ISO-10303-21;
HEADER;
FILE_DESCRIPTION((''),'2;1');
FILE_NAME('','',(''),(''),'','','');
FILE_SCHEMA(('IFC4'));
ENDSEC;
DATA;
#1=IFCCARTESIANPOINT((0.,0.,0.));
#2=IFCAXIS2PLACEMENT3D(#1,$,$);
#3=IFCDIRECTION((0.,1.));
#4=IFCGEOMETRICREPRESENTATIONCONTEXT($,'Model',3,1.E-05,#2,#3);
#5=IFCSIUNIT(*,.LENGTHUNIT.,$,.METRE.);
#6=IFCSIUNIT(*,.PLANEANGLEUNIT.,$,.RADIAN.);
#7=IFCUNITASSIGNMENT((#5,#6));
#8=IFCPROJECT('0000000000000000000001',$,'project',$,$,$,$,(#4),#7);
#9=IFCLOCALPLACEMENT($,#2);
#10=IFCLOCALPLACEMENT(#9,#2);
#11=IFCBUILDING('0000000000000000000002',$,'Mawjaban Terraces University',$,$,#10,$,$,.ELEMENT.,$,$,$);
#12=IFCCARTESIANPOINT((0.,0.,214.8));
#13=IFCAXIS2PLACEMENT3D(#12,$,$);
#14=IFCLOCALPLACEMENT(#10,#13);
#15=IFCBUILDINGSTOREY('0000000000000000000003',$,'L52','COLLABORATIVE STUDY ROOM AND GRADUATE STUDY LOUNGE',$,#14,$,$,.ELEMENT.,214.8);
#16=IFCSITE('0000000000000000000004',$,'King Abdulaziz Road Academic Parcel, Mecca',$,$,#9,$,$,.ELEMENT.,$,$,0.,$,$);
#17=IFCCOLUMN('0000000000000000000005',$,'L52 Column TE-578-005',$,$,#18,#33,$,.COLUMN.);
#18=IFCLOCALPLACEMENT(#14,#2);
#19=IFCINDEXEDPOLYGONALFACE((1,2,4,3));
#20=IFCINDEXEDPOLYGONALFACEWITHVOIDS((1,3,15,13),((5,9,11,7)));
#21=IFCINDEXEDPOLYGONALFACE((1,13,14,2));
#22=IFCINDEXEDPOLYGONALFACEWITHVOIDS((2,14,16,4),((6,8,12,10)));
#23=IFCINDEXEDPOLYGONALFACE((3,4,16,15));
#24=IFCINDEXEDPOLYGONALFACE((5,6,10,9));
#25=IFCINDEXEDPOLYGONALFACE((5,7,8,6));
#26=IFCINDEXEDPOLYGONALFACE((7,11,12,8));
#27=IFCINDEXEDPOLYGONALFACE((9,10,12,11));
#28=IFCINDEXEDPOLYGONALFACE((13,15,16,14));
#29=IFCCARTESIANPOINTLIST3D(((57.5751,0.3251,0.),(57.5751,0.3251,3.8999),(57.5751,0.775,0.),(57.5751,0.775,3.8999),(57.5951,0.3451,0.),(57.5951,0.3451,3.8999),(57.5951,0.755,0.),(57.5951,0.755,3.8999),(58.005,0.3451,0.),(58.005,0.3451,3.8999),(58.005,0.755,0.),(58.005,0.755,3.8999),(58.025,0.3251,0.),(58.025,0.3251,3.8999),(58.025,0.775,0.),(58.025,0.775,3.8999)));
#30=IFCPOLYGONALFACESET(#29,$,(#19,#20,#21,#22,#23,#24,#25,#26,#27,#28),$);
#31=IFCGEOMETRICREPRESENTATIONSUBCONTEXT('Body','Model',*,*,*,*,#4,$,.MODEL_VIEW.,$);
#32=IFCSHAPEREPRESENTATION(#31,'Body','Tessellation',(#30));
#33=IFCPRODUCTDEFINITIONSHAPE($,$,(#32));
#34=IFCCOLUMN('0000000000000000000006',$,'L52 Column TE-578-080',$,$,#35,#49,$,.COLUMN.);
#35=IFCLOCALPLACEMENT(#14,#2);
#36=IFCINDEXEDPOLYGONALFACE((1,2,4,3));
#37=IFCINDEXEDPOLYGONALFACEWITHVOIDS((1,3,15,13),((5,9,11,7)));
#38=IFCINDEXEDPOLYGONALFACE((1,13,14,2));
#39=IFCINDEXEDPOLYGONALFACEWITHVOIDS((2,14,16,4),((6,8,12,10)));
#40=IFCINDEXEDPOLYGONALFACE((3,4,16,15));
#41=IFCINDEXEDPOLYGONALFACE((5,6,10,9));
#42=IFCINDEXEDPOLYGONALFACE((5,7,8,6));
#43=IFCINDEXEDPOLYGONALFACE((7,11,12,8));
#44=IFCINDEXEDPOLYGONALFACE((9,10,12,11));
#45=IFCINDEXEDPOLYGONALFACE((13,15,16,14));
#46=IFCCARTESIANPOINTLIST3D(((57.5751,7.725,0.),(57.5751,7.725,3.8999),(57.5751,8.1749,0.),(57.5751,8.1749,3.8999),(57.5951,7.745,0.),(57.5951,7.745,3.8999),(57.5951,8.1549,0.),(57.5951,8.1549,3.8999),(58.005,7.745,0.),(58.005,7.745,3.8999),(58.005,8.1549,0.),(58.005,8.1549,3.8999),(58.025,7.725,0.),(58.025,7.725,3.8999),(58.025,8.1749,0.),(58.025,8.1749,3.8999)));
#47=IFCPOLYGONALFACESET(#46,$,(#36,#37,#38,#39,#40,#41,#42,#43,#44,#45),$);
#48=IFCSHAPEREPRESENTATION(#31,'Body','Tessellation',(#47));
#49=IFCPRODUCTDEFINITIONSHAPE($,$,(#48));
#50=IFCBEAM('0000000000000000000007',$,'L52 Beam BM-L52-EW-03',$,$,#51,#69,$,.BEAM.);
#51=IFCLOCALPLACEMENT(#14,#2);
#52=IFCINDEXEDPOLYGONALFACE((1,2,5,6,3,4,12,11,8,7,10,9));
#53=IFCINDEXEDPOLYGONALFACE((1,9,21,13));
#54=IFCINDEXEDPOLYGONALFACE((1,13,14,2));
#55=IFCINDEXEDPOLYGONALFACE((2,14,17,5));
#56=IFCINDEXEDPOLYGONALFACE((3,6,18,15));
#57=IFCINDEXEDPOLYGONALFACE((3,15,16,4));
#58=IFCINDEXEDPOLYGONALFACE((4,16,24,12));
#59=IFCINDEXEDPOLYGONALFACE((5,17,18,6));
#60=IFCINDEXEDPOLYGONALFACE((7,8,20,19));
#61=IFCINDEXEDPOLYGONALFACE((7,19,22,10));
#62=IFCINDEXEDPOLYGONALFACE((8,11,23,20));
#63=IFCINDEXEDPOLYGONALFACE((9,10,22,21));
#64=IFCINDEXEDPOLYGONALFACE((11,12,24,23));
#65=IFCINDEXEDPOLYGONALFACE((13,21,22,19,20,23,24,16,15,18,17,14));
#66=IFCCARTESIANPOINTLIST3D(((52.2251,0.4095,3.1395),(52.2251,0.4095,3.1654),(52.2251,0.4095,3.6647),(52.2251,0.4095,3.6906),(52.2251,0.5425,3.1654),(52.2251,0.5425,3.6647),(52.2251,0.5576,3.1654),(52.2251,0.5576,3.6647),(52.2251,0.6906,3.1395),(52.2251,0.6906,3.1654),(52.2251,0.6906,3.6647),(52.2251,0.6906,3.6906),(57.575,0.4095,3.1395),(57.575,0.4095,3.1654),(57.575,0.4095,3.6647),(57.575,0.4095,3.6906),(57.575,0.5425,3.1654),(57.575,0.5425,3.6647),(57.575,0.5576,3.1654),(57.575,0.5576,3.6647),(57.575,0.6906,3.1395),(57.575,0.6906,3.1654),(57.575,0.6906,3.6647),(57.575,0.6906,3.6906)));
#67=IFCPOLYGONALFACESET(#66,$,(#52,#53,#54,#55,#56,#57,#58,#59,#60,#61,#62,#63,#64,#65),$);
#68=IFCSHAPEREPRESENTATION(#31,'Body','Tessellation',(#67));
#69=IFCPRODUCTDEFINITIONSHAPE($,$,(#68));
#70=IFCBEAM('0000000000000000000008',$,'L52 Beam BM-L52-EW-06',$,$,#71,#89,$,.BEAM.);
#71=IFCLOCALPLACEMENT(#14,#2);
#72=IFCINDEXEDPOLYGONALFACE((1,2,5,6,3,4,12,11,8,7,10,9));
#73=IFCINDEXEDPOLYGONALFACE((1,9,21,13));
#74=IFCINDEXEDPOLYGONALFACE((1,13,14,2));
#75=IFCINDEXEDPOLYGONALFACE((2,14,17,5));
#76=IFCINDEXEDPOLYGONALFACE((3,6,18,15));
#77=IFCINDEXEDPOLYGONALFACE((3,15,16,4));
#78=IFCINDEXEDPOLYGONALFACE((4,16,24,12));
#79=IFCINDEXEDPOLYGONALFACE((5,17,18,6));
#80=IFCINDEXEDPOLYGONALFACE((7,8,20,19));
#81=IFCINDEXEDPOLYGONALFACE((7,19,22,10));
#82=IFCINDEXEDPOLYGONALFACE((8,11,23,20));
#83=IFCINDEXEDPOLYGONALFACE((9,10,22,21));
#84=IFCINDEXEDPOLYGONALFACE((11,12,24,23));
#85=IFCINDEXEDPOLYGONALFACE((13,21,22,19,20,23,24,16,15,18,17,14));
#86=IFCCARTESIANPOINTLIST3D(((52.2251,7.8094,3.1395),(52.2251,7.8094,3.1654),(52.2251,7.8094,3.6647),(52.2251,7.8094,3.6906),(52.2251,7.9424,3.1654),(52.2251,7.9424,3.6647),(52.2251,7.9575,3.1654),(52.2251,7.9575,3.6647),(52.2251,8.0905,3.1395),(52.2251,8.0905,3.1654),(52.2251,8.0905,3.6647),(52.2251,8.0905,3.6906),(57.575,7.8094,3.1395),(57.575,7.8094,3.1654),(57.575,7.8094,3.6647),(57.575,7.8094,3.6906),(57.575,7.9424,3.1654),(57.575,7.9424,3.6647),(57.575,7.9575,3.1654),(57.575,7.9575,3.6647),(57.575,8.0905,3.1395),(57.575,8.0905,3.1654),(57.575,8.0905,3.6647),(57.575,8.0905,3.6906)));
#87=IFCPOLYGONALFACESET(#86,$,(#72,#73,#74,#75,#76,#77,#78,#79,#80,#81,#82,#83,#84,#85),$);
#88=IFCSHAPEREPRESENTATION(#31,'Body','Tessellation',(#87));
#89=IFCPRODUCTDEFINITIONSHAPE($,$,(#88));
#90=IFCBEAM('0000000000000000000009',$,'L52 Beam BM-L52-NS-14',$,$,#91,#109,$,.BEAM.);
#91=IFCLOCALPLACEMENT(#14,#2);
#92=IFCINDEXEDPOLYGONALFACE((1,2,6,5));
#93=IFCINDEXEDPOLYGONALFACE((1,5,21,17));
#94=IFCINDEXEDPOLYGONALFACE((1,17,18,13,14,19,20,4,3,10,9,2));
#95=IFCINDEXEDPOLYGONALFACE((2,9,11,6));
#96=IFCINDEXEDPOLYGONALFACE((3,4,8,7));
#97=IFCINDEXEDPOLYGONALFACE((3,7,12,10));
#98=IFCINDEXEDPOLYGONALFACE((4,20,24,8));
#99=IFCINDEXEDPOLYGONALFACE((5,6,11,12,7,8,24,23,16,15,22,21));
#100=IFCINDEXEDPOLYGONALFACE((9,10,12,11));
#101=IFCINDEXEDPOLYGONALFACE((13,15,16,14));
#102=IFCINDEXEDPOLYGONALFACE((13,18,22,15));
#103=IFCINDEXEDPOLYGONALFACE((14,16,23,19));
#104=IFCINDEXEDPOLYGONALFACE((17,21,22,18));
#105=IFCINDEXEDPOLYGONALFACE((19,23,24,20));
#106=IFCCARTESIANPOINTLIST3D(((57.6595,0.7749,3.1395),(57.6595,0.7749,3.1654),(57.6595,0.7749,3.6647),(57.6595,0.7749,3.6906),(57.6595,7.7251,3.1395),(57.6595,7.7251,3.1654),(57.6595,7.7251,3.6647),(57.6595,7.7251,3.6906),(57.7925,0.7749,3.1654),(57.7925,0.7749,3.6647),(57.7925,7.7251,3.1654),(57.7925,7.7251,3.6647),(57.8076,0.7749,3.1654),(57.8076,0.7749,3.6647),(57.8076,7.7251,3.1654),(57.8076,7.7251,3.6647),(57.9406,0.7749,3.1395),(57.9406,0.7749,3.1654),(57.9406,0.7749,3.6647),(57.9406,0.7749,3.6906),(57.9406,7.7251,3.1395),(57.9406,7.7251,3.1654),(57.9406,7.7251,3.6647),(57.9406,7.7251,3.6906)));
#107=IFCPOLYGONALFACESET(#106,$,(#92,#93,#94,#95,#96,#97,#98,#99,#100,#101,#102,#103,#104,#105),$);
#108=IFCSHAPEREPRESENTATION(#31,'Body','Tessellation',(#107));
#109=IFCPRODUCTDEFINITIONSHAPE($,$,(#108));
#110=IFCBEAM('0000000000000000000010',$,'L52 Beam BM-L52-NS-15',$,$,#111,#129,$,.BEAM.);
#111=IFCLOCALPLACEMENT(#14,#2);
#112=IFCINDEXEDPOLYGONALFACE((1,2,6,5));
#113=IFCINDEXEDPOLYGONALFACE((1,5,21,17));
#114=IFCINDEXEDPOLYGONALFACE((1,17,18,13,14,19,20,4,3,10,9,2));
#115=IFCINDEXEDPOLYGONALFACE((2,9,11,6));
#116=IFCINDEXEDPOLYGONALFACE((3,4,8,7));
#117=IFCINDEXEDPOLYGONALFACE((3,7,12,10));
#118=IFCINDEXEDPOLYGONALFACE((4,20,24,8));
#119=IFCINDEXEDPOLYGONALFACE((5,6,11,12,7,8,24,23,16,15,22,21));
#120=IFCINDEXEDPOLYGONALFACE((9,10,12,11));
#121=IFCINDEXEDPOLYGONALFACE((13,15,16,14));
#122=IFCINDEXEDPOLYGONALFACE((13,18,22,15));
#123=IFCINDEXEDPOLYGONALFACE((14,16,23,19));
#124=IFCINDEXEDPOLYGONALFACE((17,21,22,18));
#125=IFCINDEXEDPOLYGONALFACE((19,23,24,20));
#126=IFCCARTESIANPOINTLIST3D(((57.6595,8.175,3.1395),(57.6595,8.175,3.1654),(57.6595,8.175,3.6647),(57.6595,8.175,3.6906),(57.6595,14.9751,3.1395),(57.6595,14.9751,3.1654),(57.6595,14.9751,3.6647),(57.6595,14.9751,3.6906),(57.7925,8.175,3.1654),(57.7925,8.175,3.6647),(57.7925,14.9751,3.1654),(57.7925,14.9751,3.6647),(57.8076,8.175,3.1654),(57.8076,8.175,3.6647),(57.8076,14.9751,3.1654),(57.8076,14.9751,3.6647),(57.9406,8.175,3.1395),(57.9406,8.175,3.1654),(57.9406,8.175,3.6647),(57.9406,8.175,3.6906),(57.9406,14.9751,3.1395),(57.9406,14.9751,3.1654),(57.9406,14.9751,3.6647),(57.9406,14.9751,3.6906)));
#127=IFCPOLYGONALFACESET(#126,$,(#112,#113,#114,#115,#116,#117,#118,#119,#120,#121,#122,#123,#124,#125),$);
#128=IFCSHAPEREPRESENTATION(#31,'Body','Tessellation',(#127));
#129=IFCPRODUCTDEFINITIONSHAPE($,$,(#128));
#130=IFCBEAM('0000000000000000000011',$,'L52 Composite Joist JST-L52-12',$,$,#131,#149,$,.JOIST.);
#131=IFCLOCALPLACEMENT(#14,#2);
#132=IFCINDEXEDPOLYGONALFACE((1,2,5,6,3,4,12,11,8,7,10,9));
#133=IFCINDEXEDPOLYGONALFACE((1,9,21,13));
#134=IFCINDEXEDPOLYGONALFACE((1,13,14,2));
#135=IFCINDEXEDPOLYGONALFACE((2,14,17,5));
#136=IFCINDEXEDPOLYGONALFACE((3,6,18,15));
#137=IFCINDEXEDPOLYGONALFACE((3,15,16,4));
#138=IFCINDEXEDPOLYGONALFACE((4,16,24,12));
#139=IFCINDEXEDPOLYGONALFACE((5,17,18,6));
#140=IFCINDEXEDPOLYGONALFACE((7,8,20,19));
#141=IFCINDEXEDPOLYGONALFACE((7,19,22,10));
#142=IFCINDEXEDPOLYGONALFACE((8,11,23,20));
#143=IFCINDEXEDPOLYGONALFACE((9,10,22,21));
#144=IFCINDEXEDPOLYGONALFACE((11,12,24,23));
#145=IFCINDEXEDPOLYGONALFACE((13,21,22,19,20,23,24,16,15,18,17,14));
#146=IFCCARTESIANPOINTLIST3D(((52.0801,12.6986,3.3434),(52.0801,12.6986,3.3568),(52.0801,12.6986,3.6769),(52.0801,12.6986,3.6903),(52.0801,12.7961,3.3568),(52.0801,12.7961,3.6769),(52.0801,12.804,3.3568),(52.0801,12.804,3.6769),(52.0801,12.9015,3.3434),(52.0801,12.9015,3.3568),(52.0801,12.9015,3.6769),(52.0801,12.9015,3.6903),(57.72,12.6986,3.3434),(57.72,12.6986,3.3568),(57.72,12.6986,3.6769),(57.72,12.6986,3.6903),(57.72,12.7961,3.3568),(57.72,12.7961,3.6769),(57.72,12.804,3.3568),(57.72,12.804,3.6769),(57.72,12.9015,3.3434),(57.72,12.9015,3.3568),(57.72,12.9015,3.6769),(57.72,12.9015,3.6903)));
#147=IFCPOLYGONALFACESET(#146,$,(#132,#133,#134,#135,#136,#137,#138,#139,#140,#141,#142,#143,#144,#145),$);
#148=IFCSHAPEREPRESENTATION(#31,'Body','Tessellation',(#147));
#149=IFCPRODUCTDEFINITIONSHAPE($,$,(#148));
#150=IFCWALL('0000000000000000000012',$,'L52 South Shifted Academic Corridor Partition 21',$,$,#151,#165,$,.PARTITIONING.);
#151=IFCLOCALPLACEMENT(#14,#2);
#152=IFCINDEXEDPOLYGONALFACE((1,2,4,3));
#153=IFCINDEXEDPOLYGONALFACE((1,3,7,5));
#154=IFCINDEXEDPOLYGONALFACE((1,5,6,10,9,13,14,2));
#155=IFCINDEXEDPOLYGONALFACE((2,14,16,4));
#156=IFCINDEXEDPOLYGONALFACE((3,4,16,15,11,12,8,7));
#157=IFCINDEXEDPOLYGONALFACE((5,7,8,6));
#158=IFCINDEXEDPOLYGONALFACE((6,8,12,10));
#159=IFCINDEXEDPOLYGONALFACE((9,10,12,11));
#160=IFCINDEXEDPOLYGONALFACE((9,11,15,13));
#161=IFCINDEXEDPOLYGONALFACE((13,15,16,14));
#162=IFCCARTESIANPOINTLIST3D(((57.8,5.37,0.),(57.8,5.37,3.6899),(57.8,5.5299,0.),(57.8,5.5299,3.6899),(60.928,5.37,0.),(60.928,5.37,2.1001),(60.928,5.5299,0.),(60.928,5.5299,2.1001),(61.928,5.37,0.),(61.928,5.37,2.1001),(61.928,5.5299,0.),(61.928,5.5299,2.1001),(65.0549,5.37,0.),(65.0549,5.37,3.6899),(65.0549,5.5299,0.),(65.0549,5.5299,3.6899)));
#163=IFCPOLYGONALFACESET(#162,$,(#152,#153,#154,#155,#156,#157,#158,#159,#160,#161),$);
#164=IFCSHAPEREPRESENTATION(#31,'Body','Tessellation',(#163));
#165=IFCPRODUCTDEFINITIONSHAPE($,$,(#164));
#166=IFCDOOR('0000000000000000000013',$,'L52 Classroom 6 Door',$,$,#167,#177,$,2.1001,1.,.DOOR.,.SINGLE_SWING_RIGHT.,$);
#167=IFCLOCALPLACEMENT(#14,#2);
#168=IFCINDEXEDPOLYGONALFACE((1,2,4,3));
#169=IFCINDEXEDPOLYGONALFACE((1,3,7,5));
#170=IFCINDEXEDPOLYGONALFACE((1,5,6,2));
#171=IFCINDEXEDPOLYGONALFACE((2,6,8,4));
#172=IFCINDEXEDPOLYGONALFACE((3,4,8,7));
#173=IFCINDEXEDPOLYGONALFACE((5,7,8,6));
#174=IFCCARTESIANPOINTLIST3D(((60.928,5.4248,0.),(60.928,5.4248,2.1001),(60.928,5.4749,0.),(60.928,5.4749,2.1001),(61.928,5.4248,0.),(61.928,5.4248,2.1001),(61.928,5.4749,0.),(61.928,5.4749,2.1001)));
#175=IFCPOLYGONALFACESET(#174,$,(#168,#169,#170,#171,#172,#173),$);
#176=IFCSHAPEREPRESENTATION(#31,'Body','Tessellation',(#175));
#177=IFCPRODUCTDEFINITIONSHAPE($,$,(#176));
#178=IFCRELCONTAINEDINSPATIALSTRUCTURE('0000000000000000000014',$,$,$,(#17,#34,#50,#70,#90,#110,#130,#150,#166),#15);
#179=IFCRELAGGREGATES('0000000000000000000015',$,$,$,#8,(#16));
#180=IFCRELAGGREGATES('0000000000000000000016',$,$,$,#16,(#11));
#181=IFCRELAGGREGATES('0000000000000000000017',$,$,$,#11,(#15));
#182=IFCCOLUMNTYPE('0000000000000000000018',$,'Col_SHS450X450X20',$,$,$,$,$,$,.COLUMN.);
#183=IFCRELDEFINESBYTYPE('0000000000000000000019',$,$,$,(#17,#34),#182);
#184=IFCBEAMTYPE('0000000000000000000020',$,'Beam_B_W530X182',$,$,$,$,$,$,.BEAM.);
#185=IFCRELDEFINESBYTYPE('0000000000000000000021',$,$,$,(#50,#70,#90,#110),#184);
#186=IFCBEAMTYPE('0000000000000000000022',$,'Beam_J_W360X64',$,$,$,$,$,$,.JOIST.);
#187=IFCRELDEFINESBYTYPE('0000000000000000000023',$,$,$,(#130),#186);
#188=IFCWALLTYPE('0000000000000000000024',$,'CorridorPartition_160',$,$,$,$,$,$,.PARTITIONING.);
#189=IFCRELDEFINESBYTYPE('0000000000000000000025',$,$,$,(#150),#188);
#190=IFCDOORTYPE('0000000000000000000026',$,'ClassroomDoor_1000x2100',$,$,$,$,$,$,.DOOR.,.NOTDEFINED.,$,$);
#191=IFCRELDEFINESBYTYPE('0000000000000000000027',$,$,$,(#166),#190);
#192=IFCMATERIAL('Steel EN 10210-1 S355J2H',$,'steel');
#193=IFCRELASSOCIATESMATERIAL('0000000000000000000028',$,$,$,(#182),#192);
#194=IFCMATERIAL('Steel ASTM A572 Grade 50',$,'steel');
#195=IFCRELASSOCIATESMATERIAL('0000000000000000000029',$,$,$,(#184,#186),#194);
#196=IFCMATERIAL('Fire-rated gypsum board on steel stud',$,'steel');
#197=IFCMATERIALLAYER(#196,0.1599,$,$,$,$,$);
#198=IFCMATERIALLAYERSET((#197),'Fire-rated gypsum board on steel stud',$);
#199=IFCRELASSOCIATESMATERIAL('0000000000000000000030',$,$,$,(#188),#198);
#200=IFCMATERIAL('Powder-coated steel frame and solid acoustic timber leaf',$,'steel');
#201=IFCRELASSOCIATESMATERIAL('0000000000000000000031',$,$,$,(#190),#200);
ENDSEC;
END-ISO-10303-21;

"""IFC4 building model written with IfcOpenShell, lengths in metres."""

from ifc_helpers import new_model, si_unit, direction, frame, frame_2d, origin, origin_2d, place, context, subcontext, project, spatial, rectangle, hollow_rectangle, i_section, extrude, material, layer, layer_set, material_profile, profile_set, type_object, element, fill, save


model = new_model("IFC4")

# Units and contexts
model_context = context("Model", 3, precision=1e-05, world=origin(), true_north=direction((0.0, 1.0)))
body_context = subcontext(model_context, "Body", "Model", "MODEL_VIEW")
ifc_project = project(units=[si_unit("LENGTHUNIT", "METRE"), si_unit("PLANEANGLEUNIT", "RADIAN")], contexts=[model_context])

# Site, building, storey
site_placement = place(None, origin())
site = spatial("IfcSite", under=ifc_project, at=site_placement, Name="King Abdulaziz Road Academic Parcel, Mecca", CompositionType="ELEMENT", RefElevation=0.0)
building_placement = place(site_placement, origin())
building = spatial("IfcBuilding", under=site, at=building_placement, Name="Mawjaban Terraces University", CompositionType="ELEMENT")
storey_placement = place(building_placement, frame((0.0, 0.0, 214.8)))
storey = spatial("IfcBuildingStorey", under=building, at=storey_placement, Name="L52", Description="COLLABORATIVE STUDY ROOM AND GRADUATE STUDY LOUNGE", CompositionType="ELEMENT", Elevation=214.8)

# Columns
ifc_material_1 = material(Name="Steel EN 10210-1 S355J2H", Category="steel")
ifc_material_profile_1 = material_profile(ifc_material_1, hollow_rectangle(XDim=0.45, YDim=0.45, WallThickness=0.02, at=origin_2d()), Name="SHS450X450X20")
ifc_profile_set_1 = profile_set([ifc_material_profile_1], Name="Steel EN 10210-1 S355J2H")
column_type = type_object("IfcColumnType", Name="Col_SHS450X450X20", PredefinedType="COLUMN", material=ifc_profile_set_1)
for number, where, z_axis, x_axis, name in (
    (1, (57.8, 0.55, 0.0), (0.0, 0.0, 1.0), (1.0, 0.0, 0.0), "L52 Column TE-578-005"),
    (2, (57.8, 7.95, 0.0), (0.0, 0.0, 1.0), (1.0, 0.0, 0.0), "L52 Column TE-578-080"),
):
    element("IfcColumn", number, at=place(storey_placement, frame(where, z_axis=z_axis, x_axis=x_axis)), inside=storey, type_object=column_type, Name=name, PredefinedType="COLUMN", context=body_context, shape_type="SweptSolid", body=[
        extrude(hollow_rectangle(XDim=0.45, YDim=0.45, WallThickness=0.02, at=origin_2d()), origin(), (0.0, 0.0, 1.0), 3.8999),
    ])

# Beams
ifc_material_2 = material(Name="Steel ASTM A572 Grade 50", Category="steel")
ifc_material_profile_2 = material_profile(ifc_material_2, i_section(OverallWidth=0.281, OverallDepth=0.551, WebThickness=0.0151, FlangeThickness=0.0259, at=origin_2d()), Name="W530X182")
ifc_profile_set_2 = profile_set([ifc_material_profile_2], Name="Steel ASTM A572 Grade 50")
beam_type_1 = type_object("IfcBeamType", Name="Beam_B_W530X182", PredefinedType="BEAM", material=ifc_profile_set_2)
for number, where, z_axis, x_axis, name in (
    (3, (52.2251, 0.55, 3.415), (1.0, 0.0, 0.0), (0.0, 1.0, 0.0), "L52 Beam BM-L52-EW-03"),
    (4, (52.2251, 7.95, 3.415), (1.0, 0.0, 0.0), (0.0, 1.0, 0.0), "L52 Beam BM-L52-EW-06"),
):
    element("IfcBeam", number, at=place(storey_placement, frame(where, z_axis=z_axis, x_axis=x_axis)), inside=storey, type_object=beam_type_1, Name=name, PredefinedType="BEAM", context=body_context, shape_type="SweptSolid", body=[
        extrude(i_section(OverallWidth=0.281, OverallDepth=0.551, WebThickness=0.0151, FlangeThickness=0.0259, at=origin_2d()), origin(), (0.0, 0.0, 1.0), 5.3499),
    ])
beam_1_placement = place(storey_placement, frame((57.8, 0.7749, 3.415), z_axis=(0.0, 1.0, 0.0), x_axis=(-1.0, 0.0, 0.0)))
element("IfcBeam", 5, at=beam_1_placement, inside=storey, type_object=beam_type_1, Name="L52 Beam BM-L52-NS-14", PredefinedType="BEAM", context=body_context, shape_type="SweptSolid", body=[
    extrude(i_section(OverallWidth=0.281, OverallDepth=0.551, WebThickness=0.0151, FlangeThickness=0.0259, at=origin_2d()), origin(), (0.0, 0.0, 1.0), 6.9502),
])
beam_2_placement = place(storey_placement, frame((57.8, 8.175, 3.415), z_axis=(0.0, 1.0, 0.0), x_axis=(-1.0, 0.0, 0.0)))
element("IfcBeam", 6, at=beam_2_placement, inside=storey, type_object=beam_type_1, Name="L52 Beam BM-L52-NS-15", PredefinedType="BEAM", context=body_context, shape_type="SweptSolid", body=[
    extrude(i_section(OverallWidth=0.281, OverallDepth=0.551, WebThickness=0.0151, FlangeThickness=0.0259, at=origin_2d()), origin(), (0.0, 0.0, 1.0), 6.8),
])
ifc_material_profile_3 = material_profile(ifc_material_2, i_section(OverallWidth=0.2029, OverallDepth=0.3469, WebThickness=0.0078, FlangeThickness=0.0134, at=origin_2d()), Name="W360X64")
ifc_profile_set_3 = profile_set([ifc_material_profile_3], Name="Steel ASTM A572 Grade 50")
beam_type_2 = type_object("IfcBeamType", Name="Beam_J_W360X64", PredefinedType="JOIST", material=ifc_profile_set_3)
beam_3_placement = place(storey_placement, frame((52.0801, 12.8, 3.5168), z_axis=(1.0, 0.0, 0.0), x_axis=(0.0, 1.0, 0.0)))
element("IfcBeam", 7, at=beam_3_placement, inside=storey, type_object=beam_type_2, Name="L52 Composite Joist JST-L52-12", PredefinedType="JOIST", context=body_context, shape_type="SweptSolid", body=[
    extrude(i_section(OverallWidth=0.2029, OverallDepth=0.3469, WebThickness=0.0078, FlangeThickness=0.0134, at=origin_2d()), origin(), (0.0, 0.0, 1.0), 5.6399),
])

# Wall, opening, door
ifc_material_3 = material(Name="Fire-rated gypsum board on steel stud", Category="steel")
ifc_layer_1 = layer(ifc_material_3, 0.1599)
ifc_layer_set_1 = layer_set([ifc_layer_1], Name="Fire-rated gypsum board on steel stud")
wall_type_1 = type_object("IfcWallType", Name="CorridorPartition_160", PredefinedType="PARTITIONING", material=ifc_layer_set_1)
wall_1_placement = place(storey_placement, frame((57.8, 5.45, 0.0), z_axis=(0.0, 0.0, 1.0), x_axis=(1.0, 0.0, 0.0)))
wall_1 = element("IfcWall", 8, at=wall_1_placement, inside=storey, type_object=wall_type_1, Name="L52 South Shifted Academic Corridor Partition 21", PredefinedType="PARTITIONING", context=body_context, shape_type="SweptSolid", body=[
    extrude(rectangle(XDim=7.2549, YDim=0.1599, at=frame_2d((3.6274, 0.0))), origin(), (0.0, 0.0, 1.0), 3.6899),
])
opening_1_placement = place(wall_1_placement, frame((3.1279, 0.0, 0.0)))
opening_1 = element("IfcOpeningElement", 9, at=opening_1_placement, cuts=wall_1, PredefinedType="OPENING", context=body_context, shape_type="SweptSolid", body=[
    extrude(rectangle(XDim=1.0, YDim=2.1001, at=frame_2d((0.5, 1.05))), frame((0.0, 0.0898, 0.0), z_axis=(0.0, -1.0, 0.0), x_axis=(1.0, 0.0, 0.0)), (0.0, 0.0, 1.0), 0.1799),
])
ifc_material_4 = material(Name="Powder-coated steel frame and solid acoustic timber leaf", Category="steel")
door_type_1 = type_object("IfcDoorType", Name="ClassroomDoor_1000x2100", OperationType="NOTDEFINED", PredefinedType="DOOR", material=ifc_material_4)
door_1_placement = place(opening_1_placement, origin())
door_1 = element("IfcDoor", 10, at=door_1_placement, inside=storey, type_object=door_type_1, Name="L52 Classroom 6 Door", OperationType="SINGLE_SWING_RIGHT", OverallHeight=2.1001, OverallWidth=1.0, PredefinedType="DOOR", context=body_context, shape_type="SweptSolid", body=[
    extrude(rectangle(XDim=1.0, YDim=2.1001, at=frame_2d((0.5, 1.05))), frame((0.0, 0.0249, 0.0), z_axis=(0.0, -1.0, 0.0), x_axis=(1.0, 0.0, 0.0)), (0.0, 0.0, 1.0), 0.05),
])
fill(opening_1, door_1)

save(model, "model.ifc")
